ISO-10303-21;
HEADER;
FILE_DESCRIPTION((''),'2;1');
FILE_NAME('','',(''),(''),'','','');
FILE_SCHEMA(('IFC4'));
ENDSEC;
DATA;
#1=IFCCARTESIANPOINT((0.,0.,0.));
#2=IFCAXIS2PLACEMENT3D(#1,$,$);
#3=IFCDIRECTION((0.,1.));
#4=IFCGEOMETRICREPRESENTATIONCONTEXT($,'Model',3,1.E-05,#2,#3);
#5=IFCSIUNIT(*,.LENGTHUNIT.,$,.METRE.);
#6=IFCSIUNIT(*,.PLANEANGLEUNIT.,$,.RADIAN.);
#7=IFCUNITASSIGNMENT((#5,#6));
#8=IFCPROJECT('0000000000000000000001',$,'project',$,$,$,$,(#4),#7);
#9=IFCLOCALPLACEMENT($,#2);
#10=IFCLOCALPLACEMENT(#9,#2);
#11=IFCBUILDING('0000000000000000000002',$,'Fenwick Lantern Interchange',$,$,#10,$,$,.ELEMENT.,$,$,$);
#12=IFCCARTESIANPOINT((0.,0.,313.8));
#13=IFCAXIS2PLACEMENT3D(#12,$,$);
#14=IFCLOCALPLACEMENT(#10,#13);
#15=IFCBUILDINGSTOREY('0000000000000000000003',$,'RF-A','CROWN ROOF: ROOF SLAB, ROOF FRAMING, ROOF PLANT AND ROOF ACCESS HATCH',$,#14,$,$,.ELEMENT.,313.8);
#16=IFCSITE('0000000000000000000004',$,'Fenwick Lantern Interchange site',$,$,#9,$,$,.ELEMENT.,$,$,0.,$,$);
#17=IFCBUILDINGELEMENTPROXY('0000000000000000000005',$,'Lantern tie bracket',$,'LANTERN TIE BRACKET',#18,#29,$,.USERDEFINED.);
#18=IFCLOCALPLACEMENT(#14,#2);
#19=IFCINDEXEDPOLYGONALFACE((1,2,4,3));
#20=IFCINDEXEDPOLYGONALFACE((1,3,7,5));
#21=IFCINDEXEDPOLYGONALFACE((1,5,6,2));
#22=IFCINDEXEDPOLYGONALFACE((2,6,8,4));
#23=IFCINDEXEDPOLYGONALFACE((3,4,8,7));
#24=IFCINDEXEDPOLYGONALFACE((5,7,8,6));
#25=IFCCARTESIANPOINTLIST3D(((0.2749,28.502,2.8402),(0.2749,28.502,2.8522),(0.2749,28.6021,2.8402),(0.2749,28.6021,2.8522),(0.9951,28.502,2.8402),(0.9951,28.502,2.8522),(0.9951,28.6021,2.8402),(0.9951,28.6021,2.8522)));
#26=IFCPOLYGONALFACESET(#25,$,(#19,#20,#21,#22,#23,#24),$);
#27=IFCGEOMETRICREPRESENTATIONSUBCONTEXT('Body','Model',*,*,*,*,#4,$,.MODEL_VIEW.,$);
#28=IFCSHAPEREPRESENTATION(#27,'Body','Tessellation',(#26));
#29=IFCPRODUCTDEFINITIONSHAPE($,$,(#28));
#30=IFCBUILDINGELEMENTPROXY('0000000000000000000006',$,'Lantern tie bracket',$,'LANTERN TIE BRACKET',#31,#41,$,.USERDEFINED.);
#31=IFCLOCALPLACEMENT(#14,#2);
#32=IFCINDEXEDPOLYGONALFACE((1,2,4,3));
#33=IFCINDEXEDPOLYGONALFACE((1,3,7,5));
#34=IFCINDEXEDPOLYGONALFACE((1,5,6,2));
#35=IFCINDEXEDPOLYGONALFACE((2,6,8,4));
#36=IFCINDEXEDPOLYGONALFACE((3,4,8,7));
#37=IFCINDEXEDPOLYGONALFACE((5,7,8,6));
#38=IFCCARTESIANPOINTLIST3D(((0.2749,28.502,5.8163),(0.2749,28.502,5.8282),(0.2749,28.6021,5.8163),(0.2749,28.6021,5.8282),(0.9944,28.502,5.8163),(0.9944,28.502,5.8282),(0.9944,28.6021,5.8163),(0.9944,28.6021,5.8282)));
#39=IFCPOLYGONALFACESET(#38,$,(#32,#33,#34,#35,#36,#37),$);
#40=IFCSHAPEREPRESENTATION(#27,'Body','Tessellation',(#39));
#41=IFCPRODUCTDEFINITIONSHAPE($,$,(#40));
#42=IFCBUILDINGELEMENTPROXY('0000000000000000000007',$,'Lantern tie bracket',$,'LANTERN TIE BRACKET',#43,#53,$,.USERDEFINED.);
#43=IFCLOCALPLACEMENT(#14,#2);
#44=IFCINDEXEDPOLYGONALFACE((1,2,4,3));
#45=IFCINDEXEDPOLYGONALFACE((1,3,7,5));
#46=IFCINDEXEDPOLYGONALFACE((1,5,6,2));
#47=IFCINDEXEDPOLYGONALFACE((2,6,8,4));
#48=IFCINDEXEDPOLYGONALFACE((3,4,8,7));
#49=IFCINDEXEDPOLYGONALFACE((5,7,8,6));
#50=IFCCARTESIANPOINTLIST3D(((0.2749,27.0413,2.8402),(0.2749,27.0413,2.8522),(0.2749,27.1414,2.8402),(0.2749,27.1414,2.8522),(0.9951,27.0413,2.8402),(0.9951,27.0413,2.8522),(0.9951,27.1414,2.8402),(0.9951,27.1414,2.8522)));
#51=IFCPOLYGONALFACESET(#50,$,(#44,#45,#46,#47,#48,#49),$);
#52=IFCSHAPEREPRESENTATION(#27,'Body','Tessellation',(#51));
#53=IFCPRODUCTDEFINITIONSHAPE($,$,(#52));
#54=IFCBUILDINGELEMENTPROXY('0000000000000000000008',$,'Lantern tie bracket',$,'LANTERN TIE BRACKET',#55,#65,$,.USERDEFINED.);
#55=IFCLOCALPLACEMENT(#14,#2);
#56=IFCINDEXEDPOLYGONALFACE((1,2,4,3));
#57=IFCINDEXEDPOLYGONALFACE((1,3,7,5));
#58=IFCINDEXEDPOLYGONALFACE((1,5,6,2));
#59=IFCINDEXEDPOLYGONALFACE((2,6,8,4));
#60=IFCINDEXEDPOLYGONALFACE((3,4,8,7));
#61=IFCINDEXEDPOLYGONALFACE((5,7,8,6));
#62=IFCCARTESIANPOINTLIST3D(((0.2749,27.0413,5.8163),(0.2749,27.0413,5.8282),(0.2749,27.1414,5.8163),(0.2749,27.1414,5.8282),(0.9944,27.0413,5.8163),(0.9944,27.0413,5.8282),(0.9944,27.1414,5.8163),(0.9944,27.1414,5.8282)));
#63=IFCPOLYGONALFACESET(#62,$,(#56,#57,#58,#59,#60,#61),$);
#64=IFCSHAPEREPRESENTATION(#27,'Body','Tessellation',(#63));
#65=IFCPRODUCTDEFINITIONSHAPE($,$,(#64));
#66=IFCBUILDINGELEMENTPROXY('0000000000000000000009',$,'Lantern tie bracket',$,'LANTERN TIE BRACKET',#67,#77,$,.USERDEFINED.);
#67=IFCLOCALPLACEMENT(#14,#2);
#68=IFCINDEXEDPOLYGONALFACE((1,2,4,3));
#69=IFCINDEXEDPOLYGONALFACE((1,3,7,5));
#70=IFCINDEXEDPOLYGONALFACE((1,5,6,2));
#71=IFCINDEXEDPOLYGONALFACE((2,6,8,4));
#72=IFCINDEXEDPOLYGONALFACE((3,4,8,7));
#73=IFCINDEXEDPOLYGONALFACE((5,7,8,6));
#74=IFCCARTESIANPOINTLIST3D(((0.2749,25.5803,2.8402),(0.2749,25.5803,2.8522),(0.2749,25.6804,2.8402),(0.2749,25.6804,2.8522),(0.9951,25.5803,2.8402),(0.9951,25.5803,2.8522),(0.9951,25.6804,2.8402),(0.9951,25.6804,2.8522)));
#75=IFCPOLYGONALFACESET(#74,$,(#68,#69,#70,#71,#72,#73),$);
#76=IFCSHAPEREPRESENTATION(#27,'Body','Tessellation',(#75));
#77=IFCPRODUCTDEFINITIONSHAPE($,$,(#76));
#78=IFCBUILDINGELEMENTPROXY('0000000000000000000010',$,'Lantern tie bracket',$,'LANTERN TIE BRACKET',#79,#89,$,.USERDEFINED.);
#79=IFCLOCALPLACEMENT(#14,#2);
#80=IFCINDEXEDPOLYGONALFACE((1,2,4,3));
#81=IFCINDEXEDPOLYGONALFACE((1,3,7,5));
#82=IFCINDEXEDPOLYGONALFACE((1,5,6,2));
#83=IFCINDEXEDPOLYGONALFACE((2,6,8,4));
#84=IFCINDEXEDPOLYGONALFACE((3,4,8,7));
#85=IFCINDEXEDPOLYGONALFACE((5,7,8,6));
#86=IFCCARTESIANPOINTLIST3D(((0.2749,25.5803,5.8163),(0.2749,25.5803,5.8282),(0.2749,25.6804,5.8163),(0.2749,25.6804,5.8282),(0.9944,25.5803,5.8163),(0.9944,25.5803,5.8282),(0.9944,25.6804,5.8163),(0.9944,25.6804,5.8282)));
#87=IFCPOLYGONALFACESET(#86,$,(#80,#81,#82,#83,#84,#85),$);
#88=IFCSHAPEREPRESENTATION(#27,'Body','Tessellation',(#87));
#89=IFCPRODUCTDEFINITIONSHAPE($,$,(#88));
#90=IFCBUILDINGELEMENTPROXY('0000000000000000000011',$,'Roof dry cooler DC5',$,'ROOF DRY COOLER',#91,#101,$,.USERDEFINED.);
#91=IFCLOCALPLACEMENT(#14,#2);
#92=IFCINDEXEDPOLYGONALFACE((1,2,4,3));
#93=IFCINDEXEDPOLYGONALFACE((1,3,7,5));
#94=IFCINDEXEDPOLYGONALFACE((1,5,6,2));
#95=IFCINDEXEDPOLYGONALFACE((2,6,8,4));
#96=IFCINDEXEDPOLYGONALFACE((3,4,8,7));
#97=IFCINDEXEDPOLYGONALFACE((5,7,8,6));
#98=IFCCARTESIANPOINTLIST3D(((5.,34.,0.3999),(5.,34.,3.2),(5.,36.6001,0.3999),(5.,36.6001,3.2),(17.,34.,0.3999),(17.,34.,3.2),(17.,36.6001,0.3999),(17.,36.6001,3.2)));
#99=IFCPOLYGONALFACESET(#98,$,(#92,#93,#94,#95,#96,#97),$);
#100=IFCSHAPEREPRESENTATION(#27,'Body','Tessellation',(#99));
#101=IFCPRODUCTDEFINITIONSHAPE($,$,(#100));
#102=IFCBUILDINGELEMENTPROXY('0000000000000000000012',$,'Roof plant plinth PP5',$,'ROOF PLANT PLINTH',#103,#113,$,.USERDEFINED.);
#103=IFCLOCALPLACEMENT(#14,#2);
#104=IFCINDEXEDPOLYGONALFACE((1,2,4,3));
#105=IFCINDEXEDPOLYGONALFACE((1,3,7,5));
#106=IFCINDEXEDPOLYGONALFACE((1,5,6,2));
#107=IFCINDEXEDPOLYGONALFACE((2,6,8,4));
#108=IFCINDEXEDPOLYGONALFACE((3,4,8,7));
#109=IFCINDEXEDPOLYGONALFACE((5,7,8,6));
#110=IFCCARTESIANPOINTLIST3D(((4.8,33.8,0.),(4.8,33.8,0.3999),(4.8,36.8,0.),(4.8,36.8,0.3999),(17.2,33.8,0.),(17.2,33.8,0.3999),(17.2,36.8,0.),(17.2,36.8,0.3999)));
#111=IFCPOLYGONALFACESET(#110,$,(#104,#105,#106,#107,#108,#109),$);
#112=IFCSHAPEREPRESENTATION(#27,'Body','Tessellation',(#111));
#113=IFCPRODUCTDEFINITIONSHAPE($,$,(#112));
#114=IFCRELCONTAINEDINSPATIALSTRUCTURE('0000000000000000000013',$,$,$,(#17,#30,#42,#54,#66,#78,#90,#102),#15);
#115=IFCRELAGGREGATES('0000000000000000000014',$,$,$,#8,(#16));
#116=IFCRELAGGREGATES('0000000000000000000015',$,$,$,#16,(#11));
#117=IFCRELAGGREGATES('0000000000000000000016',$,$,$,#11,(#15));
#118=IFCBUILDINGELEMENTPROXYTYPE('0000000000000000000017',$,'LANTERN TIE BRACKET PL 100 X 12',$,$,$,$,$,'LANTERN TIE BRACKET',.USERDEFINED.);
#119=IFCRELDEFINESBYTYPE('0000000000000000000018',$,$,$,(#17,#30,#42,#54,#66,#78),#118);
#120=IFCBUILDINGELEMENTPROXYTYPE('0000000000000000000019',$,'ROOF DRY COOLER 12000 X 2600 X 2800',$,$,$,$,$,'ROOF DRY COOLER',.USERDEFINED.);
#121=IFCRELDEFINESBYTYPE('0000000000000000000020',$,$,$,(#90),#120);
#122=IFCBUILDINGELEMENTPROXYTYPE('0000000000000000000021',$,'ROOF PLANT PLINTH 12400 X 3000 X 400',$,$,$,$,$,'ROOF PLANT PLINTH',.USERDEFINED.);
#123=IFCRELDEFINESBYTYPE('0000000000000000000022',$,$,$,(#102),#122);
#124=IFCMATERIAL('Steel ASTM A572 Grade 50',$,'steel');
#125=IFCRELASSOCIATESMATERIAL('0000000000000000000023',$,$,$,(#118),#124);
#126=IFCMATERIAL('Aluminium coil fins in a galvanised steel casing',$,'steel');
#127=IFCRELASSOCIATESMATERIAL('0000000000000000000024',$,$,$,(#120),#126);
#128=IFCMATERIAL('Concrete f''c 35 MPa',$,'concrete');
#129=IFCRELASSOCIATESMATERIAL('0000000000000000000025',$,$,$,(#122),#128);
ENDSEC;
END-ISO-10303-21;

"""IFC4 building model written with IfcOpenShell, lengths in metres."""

from ifc_helpers import new_model, si_unit, direction, frame, origin, origin_2d, place, context, subcontext, project, spatial, rectangle, extrude, material, material_profile, profile_set, type_object, element, save


model = new_model("IFC4")

# Units and contexts
model_context = context("Model", 3, precision=1e-05, world=origin(), true_north=direction((0.0, 1.0)))
body_context = subcontext(model_context, "Body", "Model", "MODEL_VIEW")
ifc_project = project(units=[si_unit("LENGTHUNIT", "METRE"), si_unit("PLANEANGLEUNIT", "RADIAN")], contexts=[model_context])

# Site, building, storey
site_placement = place(None, origin())
site = spatial("IfcSite", under=ifc_project, at=site_placement, Name="Fenwick Lantern Interchange site", CompositionType="ELEMENT", RefElevation=0.0)
building_placement = place(site_placement, origin())
building = spatial("IfcBuilding", under=site, at=building_placement, Name="Fenwick Lantern Interchange", CompositionType="ELEMENT")
storey_placement = place(building_placement, frame((0.0, 0.0, 313.8)))
storey = spatial("IfcBuildingStorey", under=building, at=storey_placement, Name="RF-A", Description="CROWN ROOF: ROOF SLAB, ROOF FRAMING, ROOF PLANT AND ROOF ACCESS HATCH", CompositionType="ELEMENT", Elevation=313.8)

# Building element proxies
ifc_material_1 = material(Name="Steel ASTM A572 Grade 50", Category="steel")
ifc_material_profile_1 = material_profile(ifc_material_1, rectangle(XDim=0.1001, YDim=0.012, at=origin_2d()), Name="PL100X12")
ifc_profile_set_1 = profile_set([ifc_material_profile_1], Name="Steel ASTM A572 Grade 50")
building_element_proxy_type_1 = type_object("IfcBuildingElementProxyType", Name="LANTERN TIE BRACKET PL 100 X 12", ElementType="LANTERN TIE BRACKET", PredefinedType="USERDEFINED", material=ifc_profile_set_1)
proxy_1_placement = place(storey_placement, frame((0.2749, 28.552, 2.8462), z_axis=(1.0, 0.0, 0.0), x_axis=(0.0, 1.0, 0.0)))
element("IfcBuildingElementProxy", 1, at=proxy_1_placement, inside=storey, type_object=building_element_proxy_type_1, Name="Lantern tie bracket", ObjectType="LANTERN TIE BRACKET", PredefinedType="USERDEFINED", context=body_context, shape_type="SweptSolid", body=[
    extrude(rectangle(XDim=0.1001, YDim=0.012, at=origin_2d()), origin(), (0.0, 0.0, 1.0), 0.7202),
])
proxy_2_placement = place(storey_placement, frame((0.2749, 28.552, 5.8223), z_axis=(1.0, 0.0, 0.0), x_axis=(0.0, 1.0, 0.0)))
element("IfcBuildingElementProxy", 2, at=proxy_2_placement, inside=storey, type_object=building_element_proxy_type_1, Name="Lantern tie bracket", ObjectType="LANTERN TIE BRACKET", PredefinedType="USERDEFINED", context=body_context, shape_type="SweptSolid", body=[
    extrude(rectangle(XDim=0.1001, YDim=0.012, at=origin_2d()), origin(), (0.0, 0.0, 1.0), 0.7195),
])
proxy_3_placement = place(storey_placement, frame((0.2749, 27.0913, 2.8462), z_axis=(1.0, 0.0, 0.0), x_axis=(0.0, 1.0, 0.0)))
element("IfcBuildingElementProxy", 3, at=proxy_3_placement, inside=storey, type_object=building_element_proxy_type_1, Name="Lantern tie bracket", ObjectType="LANTERN TIE BRACKET", PredefinedType="USERDEFINED", context=body_context, shape_type="SweptSolid", body=[
    extrude(rectangle(XDim=0.1001, YDim=0.012, at=origin_2d()), origin(), (0.0, 0.0, 1.0), 0.7202),
])
proxy_4_placement = place(storey_placement, frame((0.2749, 27.0913, 5.8223), z_axis=(1.0, 0.0, 0.0), x_axis=(0.0, 1.0, 0.0)))
element("IfcBuildingElementProxy", 4, at=proxy_4_placement, inside=storey, type_object=building_element_proxy_type_1, Name="Lantern tie bracket", ObjectType="LANTERN TIE BRACKET", PredefinedType="USERDEFINED", context=body_context, shape_type="SweptSolid", body=[
    extrude(rectangle(XDim=0.1001, YDim=0.012, at=origin_2d()), origin(), (0.0, 0.0, 1.0), 0.7195),
])
proxy_5_placement = place(storey_placement, frame((0.2749, 25.6304, 2.8462), z_axis=(1.0, 0.0, 0.0), x_axis=(0.0, 1.0, 0.0)))
element("IfcBuildingElementProxy", 5, at=proxy_5_placement, inside=storey, type_object=building_element_proxy_type_1, Name="Lantern tie bracket", ObjectType="LANTERN TIE BRACKET", PredefinedType="USERDEFINED", context=body_context, shape_type="SweptSolid", body=[
    extrude(rectangle(XDim=0.1001, YDim=0.012, at=origin_2d()), origin(), (0.0, 0.0, 1.0), 0.7202),
])
proxy_6_placement = place(storey_placement, frame((0.2749, 25.6304, 5.8223), z_axis=(1.0, 0.0, 0.0), x_axis=(0.0, 1.0, 0.0)))
element("IfcBuildingElementProxy", 6, at=proxy_6_placement, inside=storey, type_object=building_element_proxy_type_1, Name="Lantern tie bracket", ObjectType="LANTERN TIE BRACKET", PredefinedType="USERDEFINED", context=body_context, shape_type="SweptSolid", body=[
    extrude(rectangle(XDim=0.1001, YDim=0.012, at=origin_2d()), origin(), (0.0, 0.0, 1.0), 0.7195),
])
ifc_material_2 = material(Name="Aluminium coil fins in a galvanised steel casing", Category="steel")
building_element_proxy_type_2 = type_object("IfcBuildingElementProxyType", Name="ROOF DRY COOLER 12000 X 2600 X 2800", ElementType="ROOF DRY COOLER", PredefinedType="USERDEFINED", material=ifc_material_2)
proxy_7_placement = place(storey_placement, frame((11.0, 35.3, 0.3999), z_axis=(0.0, 0.0, 1.0), x_axis=(1.0, 0.0, 0.0)))
element("IfcBuildingElementProxy", 7, at=proxy_7_placement, inside=storey, type_object=building_element_proxy_type_2, Name="Roof dry cooler DC5", ObjectType="ROOF DRY COOLER", PredefinedType="USERDEFINED", context=body_context, shape_type="SweptSolid", body=[
    extrude(rectangle(XDim=12.0, YDim=2.6001, at=origin_2d()), origin(), (0.0, 0.0, 1.0), 2.8),
])
ifc_material_3 = material(Name="Concrete f'c 35 MPa", Category="concrete")
building_element_proxy_type_3 = type_object("IfcBuildingElementProxyType", Name="ROOF PLANT PLINTH 12400 X 3000 X 400", ElementType="ROOF PLANT PLINTH", PredefinedType="USERDEFINED", material=ifc_material_3)
proxy_8_placement = place(storey_placement, frame((11.0, 35.3, 0.0), z_axis=(0.0, 0.0, 1.0), x_axis=(1.0, 0.0, 0.0)))
element("IfcBuildingElementProxy", 8, at=proxy_8_placement, inside=storey, type_object=building_element_proxy_type_3, Name="Roof plant plinth PP5", ObjectType="ROOF PLANT PLINTH", PredefinedType="USERDEFINED", context=body_context, shape_type="SweptSolid", body=[
    extrude(rectangle(XDim=12.3999, YDim=3.0, at=origin_2d()), origin(), (0.0, 0.0, 1.0), 0.3999),
])

save(model, "model.ifc")
